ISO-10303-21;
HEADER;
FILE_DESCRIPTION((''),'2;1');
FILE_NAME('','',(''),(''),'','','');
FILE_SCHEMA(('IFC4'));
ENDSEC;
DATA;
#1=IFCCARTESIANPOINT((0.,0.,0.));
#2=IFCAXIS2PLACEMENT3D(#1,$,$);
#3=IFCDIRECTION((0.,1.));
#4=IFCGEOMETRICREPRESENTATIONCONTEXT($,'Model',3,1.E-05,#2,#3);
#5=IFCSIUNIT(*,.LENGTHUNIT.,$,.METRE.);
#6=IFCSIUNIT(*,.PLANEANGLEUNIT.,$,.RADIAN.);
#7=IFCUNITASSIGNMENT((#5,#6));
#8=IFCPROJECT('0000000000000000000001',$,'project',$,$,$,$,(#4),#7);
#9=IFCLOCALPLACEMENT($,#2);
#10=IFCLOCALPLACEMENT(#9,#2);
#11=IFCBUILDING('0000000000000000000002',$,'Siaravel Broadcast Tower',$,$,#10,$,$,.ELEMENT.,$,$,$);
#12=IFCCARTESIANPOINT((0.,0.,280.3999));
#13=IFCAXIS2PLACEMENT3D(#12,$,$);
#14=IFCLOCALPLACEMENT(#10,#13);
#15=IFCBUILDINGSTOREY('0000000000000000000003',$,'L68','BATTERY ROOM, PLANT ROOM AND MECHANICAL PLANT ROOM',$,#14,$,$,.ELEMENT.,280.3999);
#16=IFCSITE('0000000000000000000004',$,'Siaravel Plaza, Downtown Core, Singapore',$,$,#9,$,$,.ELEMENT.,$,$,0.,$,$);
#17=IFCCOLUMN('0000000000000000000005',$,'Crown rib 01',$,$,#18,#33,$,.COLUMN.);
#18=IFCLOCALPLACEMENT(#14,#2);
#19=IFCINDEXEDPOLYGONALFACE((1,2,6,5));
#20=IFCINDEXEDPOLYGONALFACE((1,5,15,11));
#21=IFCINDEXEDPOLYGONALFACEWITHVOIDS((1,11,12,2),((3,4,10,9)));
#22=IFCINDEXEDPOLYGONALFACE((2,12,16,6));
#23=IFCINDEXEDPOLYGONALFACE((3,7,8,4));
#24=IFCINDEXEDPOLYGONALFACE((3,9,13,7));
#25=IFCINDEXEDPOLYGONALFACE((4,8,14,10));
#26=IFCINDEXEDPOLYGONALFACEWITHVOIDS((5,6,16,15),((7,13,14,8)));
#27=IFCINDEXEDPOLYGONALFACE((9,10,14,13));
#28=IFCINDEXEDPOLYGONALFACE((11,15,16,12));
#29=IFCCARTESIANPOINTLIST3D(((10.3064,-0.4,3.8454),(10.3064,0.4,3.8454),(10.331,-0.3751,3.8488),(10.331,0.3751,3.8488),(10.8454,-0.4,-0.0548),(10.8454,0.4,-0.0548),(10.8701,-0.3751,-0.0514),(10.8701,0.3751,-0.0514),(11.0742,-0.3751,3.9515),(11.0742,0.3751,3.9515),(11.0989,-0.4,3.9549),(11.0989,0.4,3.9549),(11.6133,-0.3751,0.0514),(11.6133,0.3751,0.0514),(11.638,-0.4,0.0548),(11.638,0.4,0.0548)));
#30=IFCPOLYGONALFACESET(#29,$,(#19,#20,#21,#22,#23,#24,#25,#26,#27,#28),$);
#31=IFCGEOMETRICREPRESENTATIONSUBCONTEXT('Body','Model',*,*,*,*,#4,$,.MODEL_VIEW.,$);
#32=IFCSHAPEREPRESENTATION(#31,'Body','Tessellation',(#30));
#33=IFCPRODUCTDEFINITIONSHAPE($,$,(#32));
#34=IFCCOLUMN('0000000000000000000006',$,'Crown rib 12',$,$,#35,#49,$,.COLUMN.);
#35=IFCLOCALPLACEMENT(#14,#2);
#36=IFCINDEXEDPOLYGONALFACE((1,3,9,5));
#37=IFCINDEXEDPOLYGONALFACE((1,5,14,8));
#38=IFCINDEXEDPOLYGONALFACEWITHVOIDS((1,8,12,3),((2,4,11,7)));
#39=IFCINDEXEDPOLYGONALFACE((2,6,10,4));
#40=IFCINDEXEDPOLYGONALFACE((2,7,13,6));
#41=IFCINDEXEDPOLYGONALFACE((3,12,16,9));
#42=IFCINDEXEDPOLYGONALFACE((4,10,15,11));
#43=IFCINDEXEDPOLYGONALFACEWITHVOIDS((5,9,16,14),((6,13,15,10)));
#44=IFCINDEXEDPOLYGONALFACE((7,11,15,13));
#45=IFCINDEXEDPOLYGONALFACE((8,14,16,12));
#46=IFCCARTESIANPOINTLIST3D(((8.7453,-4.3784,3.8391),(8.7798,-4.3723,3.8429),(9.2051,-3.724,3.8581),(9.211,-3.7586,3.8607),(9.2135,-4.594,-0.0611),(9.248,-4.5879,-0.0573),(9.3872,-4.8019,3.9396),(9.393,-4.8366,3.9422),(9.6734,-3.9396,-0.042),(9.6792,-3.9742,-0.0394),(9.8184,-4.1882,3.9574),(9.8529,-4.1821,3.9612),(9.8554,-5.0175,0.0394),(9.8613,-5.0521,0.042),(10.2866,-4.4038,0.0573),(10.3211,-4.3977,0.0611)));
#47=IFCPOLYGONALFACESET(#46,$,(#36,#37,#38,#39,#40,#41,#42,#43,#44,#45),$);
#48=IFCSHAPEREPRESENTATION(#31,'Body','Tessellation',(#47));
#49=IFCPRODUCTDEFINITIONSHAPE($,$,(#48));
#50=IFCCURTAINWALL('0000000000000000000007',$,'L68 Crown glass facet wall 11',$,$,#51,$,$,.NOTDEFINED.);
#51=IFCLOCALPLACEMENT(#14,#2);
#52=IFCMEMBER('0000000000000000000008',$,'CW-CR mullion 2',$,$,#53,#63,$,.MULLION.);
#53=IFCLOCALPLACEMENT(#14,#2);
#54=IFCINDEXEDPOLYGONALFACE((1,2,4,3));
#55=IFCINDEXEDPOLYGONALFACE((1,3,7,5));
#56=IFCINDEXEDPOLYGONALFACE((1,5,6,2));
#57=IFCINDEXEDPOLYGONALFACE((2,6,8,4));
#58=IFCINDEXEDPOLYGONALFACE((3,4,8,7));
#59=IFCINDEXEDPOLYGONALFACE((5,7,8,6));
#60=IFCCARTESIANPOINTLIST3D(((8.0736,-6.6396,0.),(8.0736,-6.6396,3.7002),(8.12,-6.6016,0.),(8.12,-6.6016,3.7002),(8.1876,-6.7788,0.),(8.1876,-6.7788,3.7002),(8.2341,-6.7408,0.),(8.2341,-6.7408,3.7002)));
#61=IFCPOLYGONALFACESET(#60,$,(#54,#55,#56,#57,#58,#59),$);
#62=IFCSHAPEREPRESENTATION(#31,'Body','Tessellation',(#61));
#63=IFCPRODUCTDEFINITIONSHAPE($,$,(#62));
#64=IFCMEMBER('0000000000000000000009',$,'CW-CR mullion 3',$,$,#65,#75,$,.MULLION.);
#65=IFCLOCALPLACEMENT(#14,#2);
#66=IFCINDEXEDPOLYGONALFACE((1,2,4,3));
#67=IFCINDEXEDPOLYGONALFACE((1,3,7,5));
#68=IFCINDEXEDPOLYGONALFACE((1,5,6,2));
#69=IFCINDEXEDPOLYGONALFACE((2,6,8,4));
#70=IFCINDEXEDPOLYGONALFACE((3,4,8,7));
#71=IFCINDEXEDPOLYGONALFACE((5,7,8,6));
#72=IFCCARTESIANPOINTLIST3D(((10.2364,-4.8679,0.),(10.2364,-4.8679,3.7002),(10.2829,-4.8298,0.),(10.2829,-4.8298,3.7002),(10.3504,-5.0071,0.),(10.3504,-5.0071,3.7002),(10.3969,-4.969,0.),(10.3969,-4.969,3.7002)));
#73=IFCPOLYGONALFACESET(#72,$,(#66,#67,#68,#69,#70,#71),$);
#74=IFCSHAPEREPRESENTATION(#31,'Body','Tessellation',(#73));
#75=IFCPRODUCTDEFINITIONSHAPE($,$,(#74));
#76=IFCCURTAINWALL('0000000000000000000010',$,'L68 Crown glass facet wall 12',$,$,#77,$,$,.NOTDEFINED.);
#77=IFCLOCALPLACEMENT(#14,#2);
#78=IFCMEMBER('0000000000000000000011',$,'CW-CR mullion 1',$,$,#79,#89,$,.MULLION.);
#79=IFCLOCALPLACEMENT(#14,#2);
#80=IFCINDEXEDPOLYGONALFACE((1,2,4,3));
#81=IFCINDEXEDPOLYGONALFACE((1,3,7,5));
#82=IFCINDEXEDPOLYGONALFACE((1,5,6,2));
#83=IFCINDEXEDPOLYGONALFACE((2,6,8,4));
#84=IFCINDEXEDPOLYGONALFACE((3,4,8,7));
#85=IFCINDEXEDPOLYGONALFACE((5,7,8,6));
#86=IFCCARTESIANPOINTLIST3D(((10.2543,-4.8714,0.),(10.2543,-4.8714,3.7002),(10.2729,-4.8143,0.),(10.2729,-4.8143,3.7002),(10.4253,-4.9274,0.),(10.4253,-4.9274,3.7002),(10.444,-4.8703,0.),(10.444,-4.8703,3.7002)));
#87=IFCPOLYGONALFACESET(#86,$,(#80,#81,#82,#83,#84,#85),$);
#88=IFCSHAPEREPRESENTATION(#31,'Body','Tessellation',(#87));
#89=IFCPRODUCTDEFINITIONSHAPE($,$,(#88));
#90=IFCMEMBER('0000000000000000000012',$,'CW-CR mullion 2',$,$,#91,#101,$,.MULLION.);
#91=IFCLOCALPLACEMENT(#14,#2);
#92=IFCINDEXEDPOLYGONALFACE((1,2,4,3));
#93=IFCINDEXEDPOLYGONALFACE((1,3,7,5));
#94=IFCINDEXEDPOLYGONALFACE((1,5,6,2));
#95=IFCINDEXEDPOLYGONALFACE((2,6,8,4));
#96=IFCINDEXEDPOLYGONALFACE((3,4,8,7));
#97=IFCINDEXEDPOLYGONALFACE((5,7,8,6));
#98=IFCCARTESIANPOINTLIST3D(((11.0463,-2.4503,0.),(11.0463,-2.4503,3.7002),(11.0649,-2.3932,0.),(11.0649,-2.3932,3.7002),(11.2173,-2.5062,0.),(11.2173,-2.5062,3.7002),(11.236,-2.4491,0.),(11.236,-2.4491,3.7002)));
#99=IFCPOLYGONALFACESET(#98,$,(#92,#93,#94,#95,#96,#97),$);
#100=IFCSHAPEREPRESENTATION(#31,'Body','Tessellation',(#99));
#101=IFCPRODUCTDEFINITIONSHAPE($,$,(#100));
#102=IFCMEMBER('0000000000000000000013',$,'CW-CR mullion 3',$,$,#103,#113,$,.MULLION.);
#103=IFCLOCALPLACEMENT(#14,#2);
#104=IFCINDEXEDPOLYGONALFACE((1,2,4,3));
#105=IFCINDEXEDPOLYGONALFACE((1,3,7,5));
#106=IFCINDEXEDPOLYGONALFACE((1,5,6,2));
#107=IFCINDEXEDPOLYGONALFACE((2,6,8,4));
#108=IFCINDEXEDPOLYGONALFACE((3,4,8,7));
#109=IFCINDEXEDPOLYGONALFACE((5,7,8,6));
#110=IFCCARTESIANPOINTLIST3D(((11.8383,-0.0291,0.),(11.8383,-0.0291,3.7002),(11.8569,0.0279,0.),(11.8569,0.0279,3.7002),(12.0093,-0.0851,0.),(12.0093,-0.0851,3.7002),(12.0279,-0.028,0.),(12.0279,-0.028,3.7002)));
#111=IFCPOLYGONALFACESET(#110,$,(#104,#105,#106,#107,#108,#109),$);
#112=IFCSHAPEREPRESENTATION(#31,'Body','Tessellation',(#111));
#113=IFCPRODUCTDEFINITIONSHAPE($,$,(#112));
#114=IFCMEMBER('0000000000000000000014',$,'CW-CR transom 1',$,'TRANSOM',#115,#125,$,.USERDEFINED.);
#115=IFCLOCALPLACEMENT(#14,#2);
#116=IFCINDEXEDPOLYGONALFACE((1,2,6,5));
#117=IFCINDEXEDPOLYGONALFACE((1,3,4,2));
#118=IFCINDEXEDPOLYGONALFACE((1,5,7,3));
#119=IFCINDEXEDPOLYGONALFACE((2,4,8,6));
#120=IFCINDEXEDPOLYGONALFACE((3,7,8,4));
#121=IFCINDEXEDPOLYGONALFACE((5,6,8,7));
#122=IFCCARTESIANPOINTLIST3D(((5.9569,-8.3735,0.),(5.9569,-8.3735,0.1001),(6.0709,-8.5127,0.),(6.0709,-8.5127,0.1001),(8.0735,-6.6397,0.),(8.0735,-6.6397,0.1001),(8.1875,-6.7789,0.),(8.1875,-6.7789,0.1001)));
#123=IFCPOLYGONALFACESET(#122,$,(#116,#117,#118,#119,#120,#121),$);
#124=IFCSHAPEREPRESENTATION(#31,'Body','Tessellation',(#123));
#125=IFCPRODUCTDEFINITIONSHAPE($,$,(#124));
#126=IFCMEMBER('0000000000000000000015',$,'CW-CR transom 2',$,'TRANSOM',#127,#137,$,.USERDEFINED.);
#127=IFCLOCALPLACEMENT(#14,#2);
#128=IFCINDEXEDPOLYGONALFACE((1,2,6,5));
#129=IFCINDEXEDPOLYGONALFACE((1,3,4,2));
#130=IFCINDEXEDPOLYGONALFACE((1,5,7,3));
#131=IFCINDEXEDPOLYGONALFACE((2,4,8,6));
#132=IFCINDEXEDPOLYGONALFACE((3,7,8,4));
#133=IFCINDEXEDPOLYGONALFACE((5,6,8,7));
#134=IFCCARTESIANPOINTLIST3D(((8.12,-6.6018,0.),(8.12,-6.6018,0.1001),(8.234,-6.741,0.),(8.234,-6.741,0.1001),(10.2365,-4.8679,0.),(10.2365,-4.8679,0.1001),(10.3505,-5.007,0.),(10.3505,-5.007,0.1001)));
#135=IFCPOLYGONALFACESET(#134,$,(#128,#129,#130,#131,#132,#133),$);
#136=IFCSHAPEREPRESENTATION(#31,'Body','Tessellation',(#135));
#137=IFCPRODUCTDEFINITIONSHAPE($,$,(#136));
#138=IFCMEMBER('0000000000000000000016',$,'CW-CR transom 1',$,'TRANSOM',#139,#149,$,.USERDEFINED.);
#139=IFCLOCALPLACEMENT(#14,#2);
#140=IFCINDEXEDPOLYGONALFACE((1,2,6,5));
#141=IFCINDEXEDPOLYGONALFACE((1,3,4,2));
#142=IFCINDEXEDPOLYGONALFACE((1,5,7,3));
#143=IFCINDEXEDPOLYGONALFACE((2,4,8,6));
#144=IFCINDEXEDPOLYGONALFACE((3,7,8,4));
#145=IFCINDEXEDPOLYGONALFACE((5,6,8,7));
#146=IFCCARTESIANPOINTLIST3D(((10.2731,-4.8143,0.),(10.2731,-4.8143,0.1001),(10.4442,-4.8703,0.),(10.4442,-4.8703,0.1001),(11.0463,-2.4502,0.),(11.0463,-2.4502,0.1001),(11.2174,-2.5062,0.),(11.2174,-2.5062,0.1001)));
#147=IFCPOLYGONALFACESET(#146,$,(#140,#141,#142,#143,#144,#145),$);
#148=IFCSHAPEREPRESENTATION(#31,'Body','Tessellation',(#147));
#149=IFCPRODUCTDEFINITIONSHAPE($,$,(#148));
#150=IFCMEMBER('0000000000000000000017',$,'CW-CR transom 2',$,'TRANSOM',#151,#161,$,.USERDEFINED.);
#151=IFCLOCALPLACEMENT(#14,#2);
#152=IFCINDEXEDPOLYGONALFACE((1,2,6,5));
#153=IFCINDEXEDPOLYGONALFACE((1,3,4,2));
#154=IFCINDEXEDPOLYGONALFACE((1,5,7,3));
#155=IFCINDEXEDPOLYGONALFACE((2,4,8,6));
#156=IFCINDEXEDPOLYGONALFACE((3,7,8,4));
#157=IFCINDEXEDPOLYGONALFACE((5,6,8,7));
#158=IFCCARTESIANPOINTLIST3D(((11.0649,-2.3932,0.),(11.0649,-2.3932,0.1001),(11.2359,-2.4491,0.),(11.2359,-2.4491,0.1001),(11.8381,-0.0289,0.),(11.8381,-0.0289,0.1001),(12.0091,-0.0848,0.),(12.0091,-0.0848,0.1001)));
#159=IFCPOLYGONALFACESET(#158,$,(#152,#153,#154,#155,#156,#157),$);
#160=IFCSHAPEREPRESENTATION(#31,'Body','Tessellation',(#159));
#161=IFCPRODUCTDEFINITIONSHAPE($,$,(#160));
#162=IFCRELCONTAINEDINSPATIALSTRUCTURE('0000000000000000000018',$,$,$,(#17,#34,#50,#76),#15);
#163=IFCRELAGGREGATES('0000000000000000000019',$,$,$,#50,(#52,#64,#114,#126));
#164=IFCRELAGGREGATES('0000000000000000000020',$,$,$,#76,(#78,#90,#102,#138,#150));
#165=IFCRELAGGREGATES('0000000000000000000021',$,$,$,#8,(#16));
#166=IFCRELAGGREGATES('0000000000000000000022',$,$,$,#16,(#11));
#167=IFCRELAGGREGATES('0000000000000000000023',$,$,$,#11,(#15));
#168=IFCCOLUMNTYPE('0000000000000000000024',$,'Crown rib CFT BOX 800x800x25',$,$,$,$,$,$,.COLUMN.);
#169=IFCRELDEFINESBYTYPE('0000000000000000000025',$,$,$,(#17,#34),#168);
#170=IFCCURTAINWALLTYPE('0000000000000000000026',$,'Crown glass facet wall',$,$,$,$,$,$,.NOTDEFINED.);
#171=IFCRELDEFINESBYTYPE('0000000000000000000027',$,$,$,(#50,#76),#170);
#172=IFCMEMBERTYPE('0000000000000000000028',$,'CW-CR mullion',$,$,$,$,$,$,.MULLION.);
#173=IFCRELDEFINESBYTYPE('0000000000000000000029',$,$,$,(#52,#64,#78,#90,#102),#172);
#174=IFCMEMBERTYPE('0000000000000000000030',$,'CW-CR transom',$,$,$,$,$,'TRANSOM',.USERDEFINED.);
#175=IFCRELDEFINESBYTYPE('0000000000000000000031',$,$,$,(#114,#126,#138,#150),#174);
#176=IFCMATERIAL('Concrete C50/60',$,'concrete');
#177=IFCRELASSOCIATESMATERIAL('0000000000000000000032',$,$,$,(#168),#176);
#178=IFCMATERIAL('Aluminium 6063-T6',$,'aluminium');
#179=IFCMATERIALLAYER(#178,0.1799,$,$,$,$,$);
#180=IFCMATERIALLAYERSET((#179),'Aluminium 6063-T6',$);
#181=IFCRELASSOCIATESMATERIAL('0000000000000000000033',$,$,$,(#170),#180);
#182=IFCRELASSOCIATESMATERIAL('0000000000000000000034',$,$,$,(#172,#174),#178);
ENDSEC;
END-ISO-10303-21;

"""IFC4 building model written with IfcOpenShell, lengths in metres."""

from ifc_helpers import new_model, si_unit, direction, frame, origin, origin_2d, place, context, subcontext, project, spatial, rectangle, hollow_rectangle, extrude, material, layer, layer_set, material_profile, profile_set, type_object, element, aggregate, save


model = new_model("IFC4")

# Units and contexts
model_context = context("Model", 3, precision=1e-05, world=origin(), true_north=direction((0.0, 1.0)))
body_context = subcontext(model_context, "Body", "Model", "MODEL_VIEW")
ifc_project = project(units=[si_unit("LENGTHUNIT", "METRE"), si_unit("PLANEANGLEUNIT", "RADIAN")], contexts=[model_context])

# Site, building, storey
site_placement = place(None, origin())
site = spatial("IfcSite", under=ifc_project, at=site_placement, Name="Siaravel Plaza, Downtown Core, Singapore", CompositionType="ELEMENT", RefElevation=0.0)
building_placement = place(site_placement, origin())
building = spatial("IfcBuilding", under=site, at=building_placement, Name="Siaravel Broadcast Tower", CompositionType="ELEMENT")
storey_placement = place(building_placement, frame((0.0, 0.0, 280.3999)))
storey = spatial("IfcBuildingStorey", under=building, at=storey_placement, Name="L68", Description="BATTERY ROOM, PLANT ROOM AND MECHANICAL PLANT ROOM", CompositionType="ELEMENT", Elevation=280.3999)

# Columns
ifc_material_1 = material(Name="Concrete C50/60", Category="concrete")
ifc_material_profile_1 = material_profile(ifc_material_1, hollow_rectangle(XDim=0.8, YDim=0.8, WallThickness=0.0249, at=origin_2d()))
ifc_profile_set_1 = profile_set([ifc_material_profile_1], Name="Concrete C50/60")
column_type = type_object("IfcColumnType", Name="Crown rib CFT BOX 800x800x25", PredefinedType="COLUMN", material=ifc_profile_set_1)
column_1_placement = place(storey_placement, frame((11.2417, 0.0, 0.0), z_axis=(-0.136914, 0.0, 0.990583), x_axis=(0.0, -1.0, 0.0)))
element("IfcColumn", 1, at=column_1_placement, inside=storey, type_object=column_type, Name="Crown rib 01", PredefinedType="COLUMN", context=body_context, shape_type="SweptSolid", body=[
    extrude(hollow_rectangle(XDim=0.8, YDim=0.8, WallThickness=0.0249, at=origin_2d()), origin(), (0.0, 0.0, 1.0), 3.9373),
])
column_2_placement = place(storey_placement, frame((9.7673, -4.4958, 0.0), z_axis=(-0.119027, 0.054797, 0.991378), x_axis=(-0.574756, -0.817979, -0.023794)))
element("IfcColumn", 2, at=column_2_placement, inside=storey, type_object=column_type, Name="Crown rib 12", PredefinedType="COLUMN", context=body_context, shape_type="SweptSolid", body=[
    extrude(hollow_rectangle(XDim=0.8, YDim=0.8, WallThickness=0.0249, at=origin_2d()), origin(), (0.0, 0.0, 1.0), 3.9341),
])

# Curtain walls, members
ifc_material_2 = material(Name="Aluminium 6063-T6", Category="aluminium")
ifc_layer_1 = layer(ifc_material_2, 0.1799)
ifc_layer_set_1 = layer_set([ifc_layer_1], Name="Aluminium 6063-T6")
curtain_wall_type = type_object("IfcCurtainWallType", Name="Crown glass facet wall", PredefinedType="NOTDEFINED", material=ifc_layer_set_1)
curtain_wall_1_placement = place(storey_placement, origin())
curtain_wall_1 = element("IfcCurtainWall", 3, at=curtain_wall_1_placement, inside=storey, type_object=curtain_wall_type, Name="L68 Crown glass facet wall 11", PredefinedType="NOTDEFINED")
ifc_material_profile_2 = material_profile(ifc_material_2, rectangle(XDim=0.1799, YDim=0.0601, at=origin_2d()))
ifc_profile_set_2 = profile_set([ifc_material_profile_2], Name="Aluminium 6063-T6")
member_type_1 = type_object("IfcMemberType", Name="CW-CR mullion", PredefinedType="MULLION", material=ifc_profile_set_2)
member_1_placement = place(storey_placement, frame((8.1538, -6.6902, 0.0), z_axis=(0.0, 0.0, 1.0), x_axis=(-0.633713, 0.773568, 0.0)))
member_1 = element("IfcMember", 4, at=member_1_placement, type_object=member_type_1, Name="CW-CR mullion 2", PredefinedType="MULLION", context=body_context, shape_type="SweptSolid", body=[
    extrude(rectangle(XDim=0.1799, YDim=0.0601, at=origin_2d()), origin(), (0.0, 0.0, 1.0), 3.7002),
])
member_2_placement = place(storey_placement, frame((10.3167, -4.9185, 0.0), z_axis=(0.0, 0.0, 1.0), x_axis=(-0.633713, 0.773568, 0.0)))
member_2 = element("IfcMember", 5, at=member_2_placement, type_object=member_type_1, Name="CW-CR mullion 3", PredefinedType="MULLION", context=body_context, shape_type="SweptSolid", body=[
    extrude(rectangle(XDim=0.1799, YDim=0.0601, at=origin_2d()), origin(), (0.0, 0.0, 1.0), 3.7002),
])
curtain_wall_2_placement = place(storey_placement, origin())
curtain_wall_2 = element("IfcCurtainWall", 6, at=curtain_wall_2_placement, inside=storey, type_object=curtain_wall_type, Name="L68 Crown glass facet wall 12", PredefinedType="NOTDEFINED")
member_3_placement = place(storey_placement, frame((10.3491, -4.8708, 0.0), z_axis=(0.0, 0.0, 1.0), x_axis=(-0.950456, 0.310859, 0.0)))
member_3 = element("IfcMember", 7, at=member_3_placement, type_object=member_type_1, Name="CW-CR mullion 1", PredefinedType="MULLION", context=body_context, shape_type="SweptSolid", body=[
    extrude(rectangle(XDim=0.1799, YDim=0.0601, at=origin_2d()), origin(), (0.0, 0.0, 1.0), 3.7002),
])
member_4_placement = place(storey_placement, frame((11.1411, -2.4497, 0.0), z_axis=(0.0, 0.0, 1.0), x_axis=(-0.950456, 0.310859, 0.0)))
member_4 = element("IfcMember", 8, at=member_4_placement, type_object=member_type_1, Name="CW-CR mullion 2", PredefinedType="MULLION", context=body_context, shape_type="SweptSolid", body=[
    extrude(rectangle(XDim=0.1799, YDim=0.0601, at=origin_2d()), origin(), (0.0, 0.0, 1.0), 3.7002),
])
member_5_placement = place(storey_placement, frame((11.9331, -0.0286, 0.0), z_axis=(0.0, 0.0, 1.0), x_axis=(-0.950456, 0.310859, 0.0)))
member_5 = element("IfcMember", 9, at=member_5_placement, type_object=member_type_1, Name="CW-CR mullion 3", PredefinedType="MULLION", context=body_context, shape_type="SweptSolid", body=[
    extrude(rectangle(XDim=0.1799, YDim=0.0601, at=origin_2d()), origin(), (0.0, 0.0, 1.0), 3.7002),
])

# Members
ifc_material_profile_3 = material_profile(ifc_material_2, rectangle(XDim=0.1799, YDim=0.1001, at=origin_2d()))
ifc_profile_set_3 = profile_set([ifc_material_profile_3], Name="Aluminium 6063-T6")
member_type_2 = type_object("IfcMemberType", Name="CW-CR transom", ElementType="TRANSOM", PredefinedType="USERDEFINED", material=ifc_profile_set_3)
member_6_placement = place(storey_placement, frame((6.0139, -8.4431, 0.05), z_axis=(0.773591, 0.633685, 0.0), x_axis=(-0.633685, 0.773591, 0.0)))
member_6 = element("IfcMember", 10, at=member_6_placement, type_object=member_type_2, Name="CW-CR transom 1", ObjectType="TRANSOM", PredefinedType="USERDEFINED", context=body_context, shape_type="SweptSolid", body=[
    extrude(rectangle(XDim=0.1799, YDim=0.1001, at=origin_2d()), origin(), (0.0, 0.0, 1.0), 2.7361),
])
member_7_placement = place(storey_placement, frame((8.177, -6.6714, 0.05), z_axis=(0.773556, 0.633728, 0.0), x_axis=(-0.633728, 0.773556, 0.0)))
member_7 = element("IfcMember", 11, at=member_7_placement, type_object=member_type_2, Name="CW-CR transom 2", ObjectType="TRANSOM", PredefinedType="USERDEFINED", context=body_context, shape_type="SweptSolid", body=[
    extrude(rectangle(XDim=0.1799, YDim=0.1001, at=origin_2d()), origin(), (0.0, 0.0, 1.0), 2.7361),
])
member_8_placement = place(storey_placement, frame((10.3586, -4.8423, 0.05), z_axis=(0.310863, 0.950455, 0.0), x_axis=(-0.950455, 0.310863, 0.0)))
member_8 = element("IfcMember", 12, at=member_8_placement, type_object=member_type_2, Name="CW-CR transom 1", ObjectType="TRANSOM", PredefinedType="USERDEFINED", context=body_context, shape_type="SweptSolid", body=[
    extrude(rectangle(XDim=0.1799, YDim=0.1001, at=origin_2d()), origin(), (0.0, 0.0, 1.0), 2.4873),
])
member_9_placement = place(storey_placement, frame((11.1504, -2.4211, 0.05), z_axis=(0.310834, 0.950464, 0.0), x_axis=(-0.950464, 0.310834, 0.0)))
member_9 = element("IfcMember", 13, at=member_9_placement, type_object=member_type_2, Name="CW-CR transom 2", ObjectType="TRANSOM", PredefinedType="USERDEFINED", context=body_context, shape_type="SweptSolid", body=[
    extrude(rectangle(XDim=0.1799, YDim=0.1001, at=origin_2d()), origin(), (0.0, 0.0, 1.0), 2.4875),
])

aggregate(curtain_wall_1, [member_1, member_2, member_6, member_7])
aggregate(curtain_wall_2, [member_3, member_4, member_5, member_8, member_9])

save(model, "model.ifc")
